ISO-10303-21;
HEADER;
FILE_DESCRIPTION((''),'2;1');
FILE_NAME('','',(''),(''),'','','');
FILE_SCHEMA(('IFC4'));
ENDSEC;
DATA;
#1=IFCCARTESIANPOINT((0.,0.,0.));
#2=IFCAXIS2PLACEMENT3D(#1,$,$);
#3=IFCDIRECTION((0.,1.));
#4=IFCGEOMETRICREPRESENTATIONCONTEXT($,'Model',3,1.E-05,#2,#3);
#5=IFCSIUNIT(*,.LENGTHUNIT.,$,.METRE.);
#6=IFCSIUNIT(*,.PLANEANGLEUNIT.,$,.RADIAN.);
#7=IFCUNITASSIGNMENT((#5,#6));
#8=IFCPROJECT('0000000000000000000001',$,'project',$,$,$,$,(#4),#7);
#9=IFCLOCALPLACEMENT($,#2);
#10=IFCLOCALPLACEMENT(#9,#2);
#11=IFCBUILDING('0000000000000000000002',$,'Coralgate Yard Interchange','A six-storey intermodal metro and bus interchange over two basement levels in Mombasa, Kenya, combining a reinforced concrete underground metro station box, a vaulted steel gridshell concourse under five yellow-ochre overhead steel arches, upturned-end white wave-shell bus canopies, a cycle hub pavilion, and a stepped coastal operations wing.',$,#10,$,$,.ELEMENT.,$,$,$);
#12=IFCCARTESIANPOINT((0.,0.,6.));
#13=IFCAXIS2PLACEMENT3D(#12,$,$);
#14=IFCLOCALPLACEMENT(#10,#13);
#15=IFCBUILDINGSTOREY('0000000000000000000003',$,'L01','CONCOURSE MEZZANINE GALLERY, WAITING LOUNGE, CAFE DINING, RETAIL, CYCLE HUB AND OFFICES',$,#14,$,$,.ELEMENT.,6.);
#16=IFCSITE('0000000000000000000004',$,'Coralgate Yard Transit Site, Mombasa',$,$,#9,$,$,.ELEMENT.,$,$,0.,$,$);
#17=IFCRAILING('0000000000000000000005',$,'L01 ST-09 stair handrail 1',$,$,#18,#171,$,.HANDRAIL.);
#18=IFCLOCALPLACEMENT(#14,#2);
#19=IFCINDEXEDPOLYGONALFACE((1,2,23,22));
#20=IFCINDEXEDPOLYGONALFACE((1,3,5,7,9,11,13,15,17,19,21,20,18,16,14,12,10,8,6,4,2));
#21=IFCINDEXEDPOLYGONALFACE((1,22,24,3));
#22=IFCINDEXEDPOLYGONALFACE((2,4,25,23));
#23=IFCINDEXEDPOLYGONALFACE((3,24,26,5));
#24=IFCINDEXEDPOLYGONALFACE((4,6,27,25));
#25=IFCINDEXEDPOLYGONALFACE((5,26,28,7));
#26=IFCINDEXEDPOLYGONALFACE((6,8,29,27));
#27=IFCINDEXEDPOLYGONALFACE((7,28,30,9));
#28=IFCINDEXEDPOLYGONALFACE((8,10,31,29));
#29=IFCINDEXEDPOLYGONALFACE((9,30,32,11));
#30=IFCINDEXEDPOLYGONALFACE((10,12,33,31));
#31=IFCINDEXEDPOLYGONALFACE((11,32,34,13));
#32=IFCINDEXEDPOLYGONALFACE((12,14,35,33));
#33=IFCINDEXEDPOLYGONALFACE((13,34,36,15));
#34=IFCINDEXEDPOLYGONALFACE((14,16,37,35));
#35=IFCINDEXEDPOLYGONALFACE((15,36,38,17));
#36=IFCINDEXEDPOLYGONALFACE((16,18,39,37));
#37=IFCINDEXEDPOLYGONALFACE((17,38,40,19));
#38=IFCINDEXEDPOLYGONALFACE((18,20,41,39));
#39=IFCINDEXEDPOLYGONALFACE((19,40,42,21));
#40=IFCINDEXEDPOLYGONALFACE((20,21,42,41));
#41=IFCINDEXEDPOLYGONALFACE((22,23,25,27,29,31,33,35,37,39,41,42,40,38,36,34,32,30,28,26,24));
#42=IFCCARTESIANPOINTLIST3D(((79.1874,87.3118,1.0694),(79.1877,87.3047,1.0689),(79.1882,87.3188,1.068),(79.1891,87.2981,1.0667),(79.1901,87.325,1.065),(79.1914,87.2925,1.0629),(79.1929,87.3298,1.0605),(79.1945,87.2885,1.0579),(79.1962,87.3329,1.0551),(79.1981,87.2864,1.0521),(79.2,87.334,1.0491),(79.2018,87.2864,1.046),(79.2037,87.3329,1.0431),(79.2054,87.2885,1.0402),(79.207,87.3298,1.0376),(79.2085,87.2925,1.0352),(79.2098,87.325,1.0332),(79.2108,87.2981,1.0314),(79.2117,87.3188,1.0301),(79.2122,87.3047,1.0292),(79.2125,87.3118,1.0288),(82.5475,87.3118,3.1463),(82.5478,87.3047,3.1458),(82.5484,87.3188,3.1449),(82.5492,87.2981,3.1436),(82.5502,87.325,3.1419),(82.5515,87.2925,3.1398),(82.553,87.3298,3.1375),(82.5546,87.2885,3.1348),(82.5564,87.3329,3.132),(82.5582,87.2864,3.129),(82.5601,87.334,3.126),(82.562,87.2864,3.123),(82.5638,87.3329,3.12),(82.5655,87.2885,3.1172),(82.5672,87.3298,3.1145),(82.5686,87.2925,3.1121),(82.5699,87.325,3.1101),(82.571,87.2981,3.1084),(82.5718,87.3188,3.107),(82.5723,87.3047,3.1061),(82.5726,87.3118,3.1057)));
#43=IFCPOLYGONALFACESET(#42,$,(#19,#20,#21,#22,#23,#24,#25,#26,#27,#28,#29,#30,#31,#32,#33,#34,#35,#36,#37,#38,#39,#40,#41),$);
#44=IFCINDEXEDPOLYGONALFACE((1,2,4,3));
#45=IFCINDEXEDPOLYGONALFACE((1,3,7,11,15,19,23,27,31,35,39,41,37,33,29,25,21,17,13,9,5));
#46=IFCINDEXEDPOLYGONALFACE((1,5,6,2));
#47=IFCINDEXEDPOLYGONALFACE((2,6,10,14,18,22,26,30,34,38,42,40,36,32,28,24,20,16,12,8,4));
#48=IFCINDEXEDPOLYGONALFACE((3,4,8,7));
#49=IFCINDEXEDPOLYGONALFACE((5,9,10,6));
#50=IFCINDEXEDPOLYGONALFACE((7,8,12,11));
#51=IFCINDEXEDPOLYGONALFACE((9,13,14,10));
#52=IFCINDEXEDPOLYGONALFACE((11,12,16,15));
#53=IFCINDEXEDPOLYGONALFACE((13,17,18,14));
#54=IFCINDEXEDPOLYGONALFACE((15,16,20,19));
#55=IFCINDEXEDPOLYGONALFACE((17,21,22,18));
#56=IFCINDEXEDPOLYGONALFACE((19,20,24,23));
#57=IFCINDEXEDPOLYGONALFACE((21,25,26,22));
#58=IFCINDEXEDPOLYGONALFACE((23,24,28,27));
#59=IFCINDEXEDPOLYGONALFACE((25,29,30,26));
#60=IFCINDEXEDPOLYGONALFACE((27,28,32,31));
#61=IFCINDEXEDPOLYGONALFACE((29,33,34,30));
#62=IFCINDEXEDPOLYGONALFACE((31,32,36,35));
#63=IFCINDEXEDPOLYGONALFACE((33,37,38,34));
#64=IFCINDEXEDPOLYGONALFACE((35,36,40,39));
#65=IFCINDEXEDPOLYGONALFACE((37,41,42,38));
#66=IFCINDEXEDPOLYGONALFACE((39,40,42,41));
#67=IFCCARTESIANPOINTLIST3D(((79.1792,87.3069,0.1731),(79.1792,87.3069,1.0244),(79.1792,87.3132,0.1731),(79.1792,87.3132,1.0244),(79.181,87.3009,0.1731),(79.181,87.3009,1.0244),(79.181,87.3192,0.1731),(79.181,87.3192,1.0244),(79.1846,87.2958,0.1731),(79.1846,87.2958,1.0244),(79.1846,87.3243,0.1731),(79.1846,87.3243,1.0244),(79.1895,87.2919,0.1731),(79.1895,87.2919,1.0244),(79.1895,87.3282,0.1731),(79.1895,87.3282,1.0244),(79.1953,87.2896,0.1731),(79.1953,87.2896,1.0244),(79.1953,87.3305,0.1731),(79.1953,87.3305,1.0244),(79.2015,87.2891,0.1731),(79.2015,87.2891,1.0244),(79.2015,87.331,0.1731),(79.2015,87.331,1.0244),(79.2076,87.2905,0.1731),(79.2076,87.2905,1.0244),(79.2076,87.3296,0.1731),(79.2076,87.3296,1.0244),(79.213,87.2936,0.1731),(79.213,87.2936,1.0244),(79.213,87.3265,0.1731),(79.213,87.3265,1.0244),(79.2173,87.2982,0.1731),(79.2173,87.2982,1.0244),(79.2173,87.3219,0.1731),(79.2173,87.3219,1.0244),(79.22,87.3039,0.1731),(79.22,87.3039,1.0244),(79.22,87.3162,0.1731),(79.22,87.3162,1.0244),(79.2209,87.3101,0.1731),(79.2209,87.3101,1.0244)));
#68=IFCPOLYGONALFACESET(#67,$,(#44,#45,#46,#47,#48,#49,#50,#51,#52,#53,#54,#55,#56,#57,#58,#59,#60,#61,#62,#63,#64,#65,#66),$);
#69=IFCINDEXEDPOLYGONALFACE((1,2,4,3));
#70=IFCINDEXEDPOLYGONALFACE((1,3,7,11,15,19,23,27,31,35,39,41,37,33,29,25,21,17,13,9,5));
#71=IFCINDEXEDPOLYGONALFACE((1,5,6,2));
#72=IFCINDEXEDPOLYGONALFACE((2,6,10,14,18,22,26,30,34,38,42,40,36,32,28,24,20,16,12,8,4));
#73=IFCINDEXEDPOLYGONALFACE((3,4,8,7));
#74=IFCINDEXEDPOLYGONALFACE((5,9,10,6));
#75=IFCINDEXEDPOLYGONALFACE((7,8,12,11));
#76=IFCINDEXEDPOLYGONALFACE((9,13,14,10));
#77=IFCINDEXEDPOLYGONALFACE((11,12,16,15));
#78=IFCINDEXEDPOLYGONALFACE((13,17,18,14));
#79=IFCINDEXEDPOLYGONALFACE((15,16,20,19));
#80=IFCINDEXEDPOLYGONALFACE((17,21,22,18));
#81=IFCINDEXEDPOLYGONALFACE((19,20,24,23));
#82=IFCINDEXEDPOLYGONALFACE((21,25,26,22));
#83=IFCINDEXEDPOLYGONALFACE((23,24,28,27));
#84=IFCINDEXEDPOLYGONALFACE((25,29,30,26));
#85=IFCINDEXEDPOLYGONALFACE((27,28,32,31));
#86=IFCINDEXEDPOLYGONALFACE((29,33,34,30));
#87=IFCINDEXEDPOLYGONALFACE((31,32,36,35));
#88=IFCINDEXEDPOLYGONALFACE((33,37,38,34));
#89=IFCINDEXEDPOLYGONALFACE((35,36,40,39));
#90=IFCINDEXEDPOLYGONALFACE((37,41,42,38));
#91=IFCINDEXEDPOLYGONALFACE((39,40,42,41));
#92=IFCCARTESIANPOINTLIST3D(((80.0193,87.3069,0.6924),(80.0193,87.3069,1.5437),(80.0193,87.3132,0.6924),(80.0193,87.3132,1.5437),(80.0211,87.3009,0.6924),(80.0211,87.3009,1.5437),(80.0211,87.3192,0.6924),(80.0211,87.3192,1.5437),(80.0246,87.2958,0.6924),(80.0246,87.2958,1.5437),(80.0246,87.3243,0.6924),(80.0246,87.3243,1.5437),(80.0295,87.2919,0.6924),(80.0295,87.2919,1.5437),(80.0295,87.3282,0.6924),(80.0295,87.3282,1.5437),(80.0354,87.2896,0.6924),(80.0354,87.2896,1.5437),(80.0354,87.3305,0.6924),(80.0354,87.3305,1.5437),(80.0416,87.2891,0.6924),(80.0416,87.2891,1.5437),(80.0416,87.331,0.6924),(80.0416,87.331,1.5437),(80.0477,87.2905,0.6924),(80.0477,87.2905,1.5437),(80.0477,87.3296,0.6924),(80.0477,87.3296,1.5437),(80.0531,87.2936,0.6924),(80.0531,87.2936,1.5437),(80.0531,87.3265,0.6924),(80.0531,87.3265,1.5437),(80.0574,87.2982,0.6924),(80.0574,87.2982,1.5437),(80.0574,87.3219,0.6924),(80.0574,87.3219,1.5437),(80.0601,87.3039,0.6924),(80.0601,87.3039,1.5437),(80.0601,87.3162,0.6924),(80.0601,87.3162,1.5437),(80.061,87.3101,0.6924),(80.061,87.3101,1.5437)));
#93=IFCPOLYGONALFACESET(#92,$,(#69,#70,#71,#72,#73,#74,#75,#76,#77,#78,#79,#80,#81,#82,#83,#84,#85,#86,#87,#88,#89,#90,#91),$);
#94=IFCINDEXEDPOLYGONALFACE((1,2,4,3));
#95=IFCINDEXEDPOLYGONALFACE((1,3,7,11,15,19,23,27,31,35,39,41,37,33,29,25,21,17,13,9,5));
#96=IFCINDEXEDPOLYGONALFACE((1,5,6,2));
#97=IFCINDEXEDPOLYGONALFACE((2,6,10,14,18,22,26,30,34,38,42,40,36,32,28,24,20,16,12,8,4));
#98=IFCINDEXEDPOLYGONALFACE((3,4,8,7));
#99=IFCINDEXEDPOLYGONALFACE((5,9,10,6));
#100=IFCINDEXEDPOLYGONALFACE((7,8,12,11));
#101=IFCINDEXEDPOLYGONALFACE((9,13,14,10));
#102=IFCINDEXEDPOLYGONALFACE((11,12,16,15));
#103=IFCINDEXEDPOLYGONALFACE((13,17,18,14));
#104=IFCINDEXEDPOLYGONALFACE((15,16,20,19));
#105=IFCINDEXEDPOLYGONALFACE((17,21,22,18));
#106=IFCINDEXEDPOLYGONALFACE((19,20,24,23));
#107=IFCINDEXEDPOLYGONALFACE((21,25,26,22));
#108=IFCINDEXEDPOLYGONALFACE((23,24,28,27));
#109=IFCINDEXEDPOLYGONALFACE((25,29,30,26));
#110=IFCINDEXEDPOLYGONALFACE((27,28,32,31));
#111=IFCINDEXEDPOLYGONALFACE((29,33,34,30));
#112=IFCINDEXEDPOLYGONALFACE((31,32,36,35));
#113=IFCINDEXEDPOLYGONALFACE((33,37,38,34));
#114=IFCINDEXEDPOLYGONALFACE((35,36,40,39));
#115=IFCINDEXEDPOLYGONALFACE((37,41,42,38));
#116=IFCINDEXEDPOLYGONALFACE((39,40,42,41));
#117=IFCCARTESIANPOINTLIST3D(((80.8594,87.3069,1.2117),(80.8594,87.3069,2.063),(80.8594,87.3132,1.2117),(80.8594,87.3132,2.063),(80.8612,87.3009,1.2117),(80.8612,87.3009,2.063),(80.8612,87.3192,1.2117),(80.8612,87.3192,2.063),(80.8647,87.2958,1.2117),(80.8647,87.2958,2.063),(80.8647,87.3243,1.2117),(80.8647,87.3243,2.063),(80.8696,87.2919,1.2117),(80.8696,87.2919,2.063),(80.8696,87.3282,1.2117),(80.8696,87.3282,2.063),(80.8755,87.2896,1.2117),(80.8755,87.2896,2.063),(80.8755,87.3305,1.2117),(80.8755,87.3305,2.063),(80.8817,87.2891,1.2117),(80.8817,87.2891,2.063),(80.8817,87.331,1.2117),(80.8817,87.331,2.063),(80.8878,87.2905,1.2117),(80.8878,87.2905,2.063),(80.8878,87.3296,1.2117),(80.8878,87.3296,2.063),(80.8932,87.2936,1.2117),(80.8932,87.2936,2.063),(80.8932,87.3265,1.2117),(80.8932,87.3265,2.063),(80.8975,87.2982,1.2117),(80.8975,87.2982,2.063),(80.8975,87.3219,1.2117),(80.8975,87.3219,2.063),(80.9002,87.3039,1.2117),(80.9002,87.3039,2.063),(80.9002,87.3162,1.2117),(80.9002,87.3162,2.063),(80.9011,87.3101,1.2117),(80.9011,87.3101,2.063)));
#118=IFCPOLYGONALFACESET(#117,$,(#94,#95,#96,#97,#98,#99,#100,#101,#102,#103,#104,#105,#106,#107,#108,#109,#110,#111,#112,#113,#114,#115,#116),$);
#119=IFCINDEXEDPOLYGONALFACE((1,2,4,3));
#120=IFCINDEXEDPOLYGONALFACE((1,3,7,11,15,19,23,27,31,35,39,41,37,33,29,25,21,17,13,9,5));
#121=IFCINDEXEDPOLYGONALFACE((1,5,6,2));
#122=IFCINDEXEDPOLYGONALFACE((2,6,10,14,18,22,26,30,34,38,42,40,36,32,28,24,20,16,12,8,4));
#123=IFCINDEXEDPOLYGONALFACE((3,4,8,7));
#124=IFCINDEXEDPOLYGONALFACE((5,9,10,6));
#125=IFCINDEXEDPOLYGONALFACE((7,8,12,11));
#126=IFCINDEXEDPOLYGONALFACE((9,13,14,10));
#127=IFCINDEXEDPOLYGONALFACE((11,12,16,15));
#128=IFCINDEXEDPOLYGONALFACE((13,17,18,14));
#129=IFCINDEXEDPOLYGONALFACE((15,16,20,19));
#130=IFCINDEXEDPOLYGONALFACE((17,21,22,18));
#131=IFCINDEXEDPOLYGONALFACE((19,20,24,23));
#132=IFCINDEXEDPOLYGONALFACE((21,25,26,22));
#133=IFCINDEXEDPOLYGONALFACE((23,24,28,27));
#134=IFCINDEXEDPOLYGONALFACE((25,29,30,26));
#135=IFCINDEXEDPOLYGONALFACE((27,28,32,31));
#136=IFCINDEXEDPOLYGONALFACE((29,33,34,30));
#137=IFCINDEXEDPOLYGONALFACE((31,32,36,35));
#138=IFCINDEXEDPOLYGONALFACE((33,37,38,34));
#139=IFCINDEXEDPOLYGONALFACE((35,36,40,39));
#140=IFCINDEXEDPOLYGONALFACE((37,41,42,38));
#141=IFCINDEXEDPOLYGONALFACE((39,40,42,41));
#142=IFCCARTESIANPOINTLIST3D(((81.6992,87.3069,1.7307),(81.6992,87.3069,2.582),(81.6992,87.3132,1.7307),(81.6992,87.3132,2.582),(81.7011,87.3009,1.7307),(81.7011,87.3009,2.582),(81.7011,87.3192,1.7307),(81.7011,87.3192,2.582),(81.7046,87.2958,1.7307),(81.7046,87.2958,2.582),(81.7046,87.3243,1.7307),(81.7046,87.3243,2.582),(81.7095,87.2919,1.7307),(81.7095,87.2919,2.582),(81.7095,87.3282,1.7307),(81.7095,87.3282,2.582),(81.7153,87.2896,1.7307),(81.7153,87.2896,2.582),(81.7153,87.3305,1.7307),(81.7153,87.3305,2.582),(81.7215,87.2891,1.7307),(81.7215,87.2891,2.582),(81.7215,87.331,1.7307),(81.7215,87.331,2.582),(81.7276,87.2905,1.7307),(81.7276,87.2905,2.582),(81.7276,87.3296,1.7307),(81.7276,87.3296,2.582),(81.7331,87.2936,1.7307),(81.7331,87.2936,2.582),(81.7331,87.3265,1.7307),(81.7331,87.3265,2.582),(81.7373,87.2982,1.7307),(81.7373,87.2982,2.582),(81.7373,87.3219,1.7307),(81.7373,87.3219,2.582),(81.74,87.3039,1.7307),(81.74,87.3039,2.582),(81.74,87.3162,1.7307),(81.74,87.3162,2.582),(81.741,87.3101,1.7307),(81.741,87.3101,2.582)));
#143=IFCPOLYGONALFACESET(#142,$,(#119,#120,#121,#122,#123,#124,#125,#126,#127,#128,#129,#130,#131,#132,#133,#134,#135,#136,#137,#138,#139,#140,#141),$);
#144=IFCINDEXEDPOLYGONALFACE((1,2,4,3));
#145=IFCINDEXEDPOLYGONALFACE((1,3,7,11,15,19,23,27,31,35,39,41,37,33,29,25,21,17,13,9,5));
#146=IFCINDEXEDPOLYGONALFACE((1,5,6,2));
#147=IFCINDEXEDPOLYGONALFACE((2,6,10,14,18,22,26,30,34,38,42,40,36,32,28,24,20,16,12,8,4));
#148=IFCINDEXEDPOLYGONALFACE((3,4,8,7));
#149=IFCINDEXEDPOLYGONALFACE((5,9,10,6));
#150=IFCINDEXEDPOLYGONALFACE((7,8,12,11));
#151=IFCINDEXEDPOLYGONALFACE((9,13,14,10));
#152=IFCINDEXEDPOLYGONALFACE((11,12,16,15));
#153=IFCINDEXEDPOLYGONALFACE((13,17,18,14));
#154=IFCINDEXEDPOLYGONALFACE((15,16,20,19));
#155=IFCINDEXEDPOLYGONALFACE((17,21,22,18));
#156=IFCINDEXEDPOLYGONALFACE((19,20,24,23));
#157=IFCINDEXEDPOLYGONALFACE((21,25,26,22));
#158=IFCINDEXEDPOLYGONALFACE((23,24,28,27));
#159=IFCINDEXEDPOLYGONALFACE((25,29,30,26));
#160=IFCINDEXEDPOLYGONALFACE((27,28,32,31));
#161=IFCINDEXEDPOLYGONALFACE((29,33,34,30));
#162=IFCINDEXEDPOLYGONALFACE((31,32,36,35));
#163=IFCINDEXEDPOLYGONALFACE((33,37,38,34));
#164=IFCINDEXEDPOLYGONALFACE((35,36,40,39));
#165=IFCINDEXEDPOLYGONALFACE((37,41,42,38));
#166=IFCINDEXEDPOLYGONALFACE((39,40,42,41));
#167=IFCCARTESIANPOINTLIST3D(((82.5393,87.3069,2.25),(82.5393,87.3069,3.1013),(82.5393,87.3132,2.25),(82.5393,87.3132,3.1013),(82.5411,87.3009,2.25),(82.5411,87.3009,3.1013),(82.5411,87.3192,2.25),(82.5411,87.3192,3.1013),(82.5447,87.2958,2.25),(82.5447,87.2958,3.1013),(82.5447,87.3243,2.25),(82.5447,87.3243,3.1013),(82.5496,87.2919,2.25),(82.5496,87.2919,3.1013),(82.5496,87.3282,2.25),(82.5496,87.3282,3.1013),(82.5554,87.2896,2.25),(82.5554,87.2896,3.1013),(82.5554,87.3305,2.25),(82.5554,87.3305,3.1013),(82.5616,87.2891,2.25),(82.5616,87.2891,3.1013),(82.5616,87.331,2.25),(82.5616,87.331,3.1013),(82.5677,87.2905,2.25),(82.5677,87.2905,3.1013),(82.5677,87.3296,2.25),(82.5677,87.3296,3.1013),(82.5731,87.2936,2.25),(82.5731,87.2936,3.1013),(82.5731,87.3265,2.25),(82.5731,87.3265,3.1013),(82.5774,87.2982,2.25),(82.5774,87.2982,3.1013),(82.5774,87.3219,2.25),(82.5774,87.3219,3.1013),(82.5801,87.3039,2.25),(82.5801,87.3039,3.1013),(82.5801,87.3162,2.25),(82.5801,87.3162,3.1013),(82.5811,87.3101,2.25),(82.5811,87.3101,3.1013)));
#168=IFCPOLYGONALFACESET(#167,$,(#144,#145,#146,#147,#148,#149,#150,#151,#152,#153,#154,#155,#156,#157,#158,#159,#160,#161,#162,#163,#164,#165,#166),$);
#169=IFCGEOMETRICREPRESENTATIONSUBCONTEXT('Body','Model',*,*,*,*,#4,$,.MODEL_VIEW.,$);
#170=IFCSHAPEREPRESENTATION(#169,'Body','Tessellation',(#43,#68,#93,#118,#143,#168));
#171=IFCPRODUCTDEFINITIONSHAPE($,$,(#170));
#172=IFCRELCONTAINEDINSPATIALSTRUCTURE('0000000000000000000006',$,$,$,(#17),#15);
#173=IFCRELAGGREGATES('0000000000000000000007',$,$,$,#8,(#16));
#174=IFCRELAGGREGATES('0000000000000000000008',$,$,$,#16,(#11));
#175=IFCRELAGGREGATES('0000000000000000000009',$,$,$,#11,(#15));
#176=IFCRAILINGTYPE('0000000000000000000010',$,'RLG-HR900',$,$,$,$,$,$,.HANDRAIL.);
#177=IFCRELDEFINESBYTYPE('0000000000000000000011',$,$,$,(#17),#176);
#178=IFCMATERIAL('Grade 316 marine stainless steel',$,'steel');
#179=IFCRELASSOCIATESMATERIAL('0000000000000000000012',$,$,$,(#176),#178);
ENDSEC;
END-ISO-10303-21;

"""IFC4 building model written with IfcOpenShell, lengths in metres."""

from ifc_helpers import new_model, si_unit, direction, frame, origin, origin_2d, place, context, subcontext, project, spatial, circle, extrude, material, type_object, element, save


model = new_model("IFC4")

# Units and contexts
model_context = context("Model", 3, precision=1e-05, world=origin(), true_north=direction((0.0, 1.0)))
body_context = subcontext(model_context, "Body", "Model", "MODEL_VIEW")
ifc_project = project(units=[si_unit("LENGTHUNIT", "METRE"), si_unit("PLANEANGLEUNIT", "RADIAN")], contexts=[model_context])

# Site, building, storey
site_placement = place(None, origin())
site = spatial("IfcSite", under=ifc_project, at=site_placement, Name="Coralgate Yard Transit Site, Mombasa", CompositionType="ELEMENT", RefElevation=0.0)
building_placement = place(site_placement, origin())
building = spatial("IfcBuilding", under=site, at=building_placement, Name="Coralgate Yard Interchange", Description="A six-storey intermodal metro and bus interchange over two basement levels in Mombasa, Kenya, combining a reinforced concrete underground metro station box, a vaulted steel gridshell concourse under five yellow-ochre overhead steel arches, upturned-end white wave-shell bus canopies, a cycle hub pavilion, and a stepped coastal operations wing.", CompositionType="ELEMENT")
storey_placement = place(building_placement, frame((0.0, 0.0, 6.0)))
storey = spatial("IfcBuildingStorey", under=building, at=storey_placement, Name="L01", Description="CONCOURSE MEZZANINE GALLERY, WAITING LOUNGE, CAFE DINING, RETAIL, CYCLE HUB AND OFFICES", CompositionType="ELEMENT", Elevation=6.0)

# Railing
ifc_material_1 = material(Name="Grade 316 marine stainless steel", Category="steel")
railing_type_1 = type_object("IfcRailingType", Name="RLG-HR900", PredefinedType="HANDRAIL", material=ifc_material_1)
railing_1_placement = place(storey_placement, frame((79.2, 87.3101, 0.1731)))
element("IfcRailing", 1, at=railing_1_placement, inside=storey, type_object=railing_type_1, Name="L01 ST-09 stair handrail 1", PredefinedType="HANDRAIL", context=body_context, shape_type="SweptSolid", body=[
    extrude(circle(Radius=0.0239, at=origin_2d()), frame((0.0, 0.0, 0.876), z_axis=(0.850623, 0.0, 0.525776), x_axis=(0.0, 1.0, 0.0)), (0.0, 0.0, 1.0), 3.9502),
    extrude(circle(Radius=0.021, at=origin_2d()), origin(), (0.0, 0.0, 1.0), 0.8513),
    extrude(circle(Radius=0.021, at=origin_2d()), frame((0.8401, 0.0, 0.5193)), (0.0, 0.0, 1.0), 0.8513),
    extrude(circle(Radius=0.021, at=origin_2d()), frame((1.6802, 0.0, 1.0386)), (0.0, 0.0, 1.0), 0.8513),
    extrude(circle(Radius=0.021, at=origin_2d()), frame((2.52, 0.0, 1.5576)), (0.0, 0.0, 1.0), 0.8513),
    extrude(circle(Radius=0.021, at=origin_2d()), frame((3.3601, 0.0, 2.0769)), (0.0, 0.0, 1.0), 0.8513),
])

save(model, "model.ifc")
